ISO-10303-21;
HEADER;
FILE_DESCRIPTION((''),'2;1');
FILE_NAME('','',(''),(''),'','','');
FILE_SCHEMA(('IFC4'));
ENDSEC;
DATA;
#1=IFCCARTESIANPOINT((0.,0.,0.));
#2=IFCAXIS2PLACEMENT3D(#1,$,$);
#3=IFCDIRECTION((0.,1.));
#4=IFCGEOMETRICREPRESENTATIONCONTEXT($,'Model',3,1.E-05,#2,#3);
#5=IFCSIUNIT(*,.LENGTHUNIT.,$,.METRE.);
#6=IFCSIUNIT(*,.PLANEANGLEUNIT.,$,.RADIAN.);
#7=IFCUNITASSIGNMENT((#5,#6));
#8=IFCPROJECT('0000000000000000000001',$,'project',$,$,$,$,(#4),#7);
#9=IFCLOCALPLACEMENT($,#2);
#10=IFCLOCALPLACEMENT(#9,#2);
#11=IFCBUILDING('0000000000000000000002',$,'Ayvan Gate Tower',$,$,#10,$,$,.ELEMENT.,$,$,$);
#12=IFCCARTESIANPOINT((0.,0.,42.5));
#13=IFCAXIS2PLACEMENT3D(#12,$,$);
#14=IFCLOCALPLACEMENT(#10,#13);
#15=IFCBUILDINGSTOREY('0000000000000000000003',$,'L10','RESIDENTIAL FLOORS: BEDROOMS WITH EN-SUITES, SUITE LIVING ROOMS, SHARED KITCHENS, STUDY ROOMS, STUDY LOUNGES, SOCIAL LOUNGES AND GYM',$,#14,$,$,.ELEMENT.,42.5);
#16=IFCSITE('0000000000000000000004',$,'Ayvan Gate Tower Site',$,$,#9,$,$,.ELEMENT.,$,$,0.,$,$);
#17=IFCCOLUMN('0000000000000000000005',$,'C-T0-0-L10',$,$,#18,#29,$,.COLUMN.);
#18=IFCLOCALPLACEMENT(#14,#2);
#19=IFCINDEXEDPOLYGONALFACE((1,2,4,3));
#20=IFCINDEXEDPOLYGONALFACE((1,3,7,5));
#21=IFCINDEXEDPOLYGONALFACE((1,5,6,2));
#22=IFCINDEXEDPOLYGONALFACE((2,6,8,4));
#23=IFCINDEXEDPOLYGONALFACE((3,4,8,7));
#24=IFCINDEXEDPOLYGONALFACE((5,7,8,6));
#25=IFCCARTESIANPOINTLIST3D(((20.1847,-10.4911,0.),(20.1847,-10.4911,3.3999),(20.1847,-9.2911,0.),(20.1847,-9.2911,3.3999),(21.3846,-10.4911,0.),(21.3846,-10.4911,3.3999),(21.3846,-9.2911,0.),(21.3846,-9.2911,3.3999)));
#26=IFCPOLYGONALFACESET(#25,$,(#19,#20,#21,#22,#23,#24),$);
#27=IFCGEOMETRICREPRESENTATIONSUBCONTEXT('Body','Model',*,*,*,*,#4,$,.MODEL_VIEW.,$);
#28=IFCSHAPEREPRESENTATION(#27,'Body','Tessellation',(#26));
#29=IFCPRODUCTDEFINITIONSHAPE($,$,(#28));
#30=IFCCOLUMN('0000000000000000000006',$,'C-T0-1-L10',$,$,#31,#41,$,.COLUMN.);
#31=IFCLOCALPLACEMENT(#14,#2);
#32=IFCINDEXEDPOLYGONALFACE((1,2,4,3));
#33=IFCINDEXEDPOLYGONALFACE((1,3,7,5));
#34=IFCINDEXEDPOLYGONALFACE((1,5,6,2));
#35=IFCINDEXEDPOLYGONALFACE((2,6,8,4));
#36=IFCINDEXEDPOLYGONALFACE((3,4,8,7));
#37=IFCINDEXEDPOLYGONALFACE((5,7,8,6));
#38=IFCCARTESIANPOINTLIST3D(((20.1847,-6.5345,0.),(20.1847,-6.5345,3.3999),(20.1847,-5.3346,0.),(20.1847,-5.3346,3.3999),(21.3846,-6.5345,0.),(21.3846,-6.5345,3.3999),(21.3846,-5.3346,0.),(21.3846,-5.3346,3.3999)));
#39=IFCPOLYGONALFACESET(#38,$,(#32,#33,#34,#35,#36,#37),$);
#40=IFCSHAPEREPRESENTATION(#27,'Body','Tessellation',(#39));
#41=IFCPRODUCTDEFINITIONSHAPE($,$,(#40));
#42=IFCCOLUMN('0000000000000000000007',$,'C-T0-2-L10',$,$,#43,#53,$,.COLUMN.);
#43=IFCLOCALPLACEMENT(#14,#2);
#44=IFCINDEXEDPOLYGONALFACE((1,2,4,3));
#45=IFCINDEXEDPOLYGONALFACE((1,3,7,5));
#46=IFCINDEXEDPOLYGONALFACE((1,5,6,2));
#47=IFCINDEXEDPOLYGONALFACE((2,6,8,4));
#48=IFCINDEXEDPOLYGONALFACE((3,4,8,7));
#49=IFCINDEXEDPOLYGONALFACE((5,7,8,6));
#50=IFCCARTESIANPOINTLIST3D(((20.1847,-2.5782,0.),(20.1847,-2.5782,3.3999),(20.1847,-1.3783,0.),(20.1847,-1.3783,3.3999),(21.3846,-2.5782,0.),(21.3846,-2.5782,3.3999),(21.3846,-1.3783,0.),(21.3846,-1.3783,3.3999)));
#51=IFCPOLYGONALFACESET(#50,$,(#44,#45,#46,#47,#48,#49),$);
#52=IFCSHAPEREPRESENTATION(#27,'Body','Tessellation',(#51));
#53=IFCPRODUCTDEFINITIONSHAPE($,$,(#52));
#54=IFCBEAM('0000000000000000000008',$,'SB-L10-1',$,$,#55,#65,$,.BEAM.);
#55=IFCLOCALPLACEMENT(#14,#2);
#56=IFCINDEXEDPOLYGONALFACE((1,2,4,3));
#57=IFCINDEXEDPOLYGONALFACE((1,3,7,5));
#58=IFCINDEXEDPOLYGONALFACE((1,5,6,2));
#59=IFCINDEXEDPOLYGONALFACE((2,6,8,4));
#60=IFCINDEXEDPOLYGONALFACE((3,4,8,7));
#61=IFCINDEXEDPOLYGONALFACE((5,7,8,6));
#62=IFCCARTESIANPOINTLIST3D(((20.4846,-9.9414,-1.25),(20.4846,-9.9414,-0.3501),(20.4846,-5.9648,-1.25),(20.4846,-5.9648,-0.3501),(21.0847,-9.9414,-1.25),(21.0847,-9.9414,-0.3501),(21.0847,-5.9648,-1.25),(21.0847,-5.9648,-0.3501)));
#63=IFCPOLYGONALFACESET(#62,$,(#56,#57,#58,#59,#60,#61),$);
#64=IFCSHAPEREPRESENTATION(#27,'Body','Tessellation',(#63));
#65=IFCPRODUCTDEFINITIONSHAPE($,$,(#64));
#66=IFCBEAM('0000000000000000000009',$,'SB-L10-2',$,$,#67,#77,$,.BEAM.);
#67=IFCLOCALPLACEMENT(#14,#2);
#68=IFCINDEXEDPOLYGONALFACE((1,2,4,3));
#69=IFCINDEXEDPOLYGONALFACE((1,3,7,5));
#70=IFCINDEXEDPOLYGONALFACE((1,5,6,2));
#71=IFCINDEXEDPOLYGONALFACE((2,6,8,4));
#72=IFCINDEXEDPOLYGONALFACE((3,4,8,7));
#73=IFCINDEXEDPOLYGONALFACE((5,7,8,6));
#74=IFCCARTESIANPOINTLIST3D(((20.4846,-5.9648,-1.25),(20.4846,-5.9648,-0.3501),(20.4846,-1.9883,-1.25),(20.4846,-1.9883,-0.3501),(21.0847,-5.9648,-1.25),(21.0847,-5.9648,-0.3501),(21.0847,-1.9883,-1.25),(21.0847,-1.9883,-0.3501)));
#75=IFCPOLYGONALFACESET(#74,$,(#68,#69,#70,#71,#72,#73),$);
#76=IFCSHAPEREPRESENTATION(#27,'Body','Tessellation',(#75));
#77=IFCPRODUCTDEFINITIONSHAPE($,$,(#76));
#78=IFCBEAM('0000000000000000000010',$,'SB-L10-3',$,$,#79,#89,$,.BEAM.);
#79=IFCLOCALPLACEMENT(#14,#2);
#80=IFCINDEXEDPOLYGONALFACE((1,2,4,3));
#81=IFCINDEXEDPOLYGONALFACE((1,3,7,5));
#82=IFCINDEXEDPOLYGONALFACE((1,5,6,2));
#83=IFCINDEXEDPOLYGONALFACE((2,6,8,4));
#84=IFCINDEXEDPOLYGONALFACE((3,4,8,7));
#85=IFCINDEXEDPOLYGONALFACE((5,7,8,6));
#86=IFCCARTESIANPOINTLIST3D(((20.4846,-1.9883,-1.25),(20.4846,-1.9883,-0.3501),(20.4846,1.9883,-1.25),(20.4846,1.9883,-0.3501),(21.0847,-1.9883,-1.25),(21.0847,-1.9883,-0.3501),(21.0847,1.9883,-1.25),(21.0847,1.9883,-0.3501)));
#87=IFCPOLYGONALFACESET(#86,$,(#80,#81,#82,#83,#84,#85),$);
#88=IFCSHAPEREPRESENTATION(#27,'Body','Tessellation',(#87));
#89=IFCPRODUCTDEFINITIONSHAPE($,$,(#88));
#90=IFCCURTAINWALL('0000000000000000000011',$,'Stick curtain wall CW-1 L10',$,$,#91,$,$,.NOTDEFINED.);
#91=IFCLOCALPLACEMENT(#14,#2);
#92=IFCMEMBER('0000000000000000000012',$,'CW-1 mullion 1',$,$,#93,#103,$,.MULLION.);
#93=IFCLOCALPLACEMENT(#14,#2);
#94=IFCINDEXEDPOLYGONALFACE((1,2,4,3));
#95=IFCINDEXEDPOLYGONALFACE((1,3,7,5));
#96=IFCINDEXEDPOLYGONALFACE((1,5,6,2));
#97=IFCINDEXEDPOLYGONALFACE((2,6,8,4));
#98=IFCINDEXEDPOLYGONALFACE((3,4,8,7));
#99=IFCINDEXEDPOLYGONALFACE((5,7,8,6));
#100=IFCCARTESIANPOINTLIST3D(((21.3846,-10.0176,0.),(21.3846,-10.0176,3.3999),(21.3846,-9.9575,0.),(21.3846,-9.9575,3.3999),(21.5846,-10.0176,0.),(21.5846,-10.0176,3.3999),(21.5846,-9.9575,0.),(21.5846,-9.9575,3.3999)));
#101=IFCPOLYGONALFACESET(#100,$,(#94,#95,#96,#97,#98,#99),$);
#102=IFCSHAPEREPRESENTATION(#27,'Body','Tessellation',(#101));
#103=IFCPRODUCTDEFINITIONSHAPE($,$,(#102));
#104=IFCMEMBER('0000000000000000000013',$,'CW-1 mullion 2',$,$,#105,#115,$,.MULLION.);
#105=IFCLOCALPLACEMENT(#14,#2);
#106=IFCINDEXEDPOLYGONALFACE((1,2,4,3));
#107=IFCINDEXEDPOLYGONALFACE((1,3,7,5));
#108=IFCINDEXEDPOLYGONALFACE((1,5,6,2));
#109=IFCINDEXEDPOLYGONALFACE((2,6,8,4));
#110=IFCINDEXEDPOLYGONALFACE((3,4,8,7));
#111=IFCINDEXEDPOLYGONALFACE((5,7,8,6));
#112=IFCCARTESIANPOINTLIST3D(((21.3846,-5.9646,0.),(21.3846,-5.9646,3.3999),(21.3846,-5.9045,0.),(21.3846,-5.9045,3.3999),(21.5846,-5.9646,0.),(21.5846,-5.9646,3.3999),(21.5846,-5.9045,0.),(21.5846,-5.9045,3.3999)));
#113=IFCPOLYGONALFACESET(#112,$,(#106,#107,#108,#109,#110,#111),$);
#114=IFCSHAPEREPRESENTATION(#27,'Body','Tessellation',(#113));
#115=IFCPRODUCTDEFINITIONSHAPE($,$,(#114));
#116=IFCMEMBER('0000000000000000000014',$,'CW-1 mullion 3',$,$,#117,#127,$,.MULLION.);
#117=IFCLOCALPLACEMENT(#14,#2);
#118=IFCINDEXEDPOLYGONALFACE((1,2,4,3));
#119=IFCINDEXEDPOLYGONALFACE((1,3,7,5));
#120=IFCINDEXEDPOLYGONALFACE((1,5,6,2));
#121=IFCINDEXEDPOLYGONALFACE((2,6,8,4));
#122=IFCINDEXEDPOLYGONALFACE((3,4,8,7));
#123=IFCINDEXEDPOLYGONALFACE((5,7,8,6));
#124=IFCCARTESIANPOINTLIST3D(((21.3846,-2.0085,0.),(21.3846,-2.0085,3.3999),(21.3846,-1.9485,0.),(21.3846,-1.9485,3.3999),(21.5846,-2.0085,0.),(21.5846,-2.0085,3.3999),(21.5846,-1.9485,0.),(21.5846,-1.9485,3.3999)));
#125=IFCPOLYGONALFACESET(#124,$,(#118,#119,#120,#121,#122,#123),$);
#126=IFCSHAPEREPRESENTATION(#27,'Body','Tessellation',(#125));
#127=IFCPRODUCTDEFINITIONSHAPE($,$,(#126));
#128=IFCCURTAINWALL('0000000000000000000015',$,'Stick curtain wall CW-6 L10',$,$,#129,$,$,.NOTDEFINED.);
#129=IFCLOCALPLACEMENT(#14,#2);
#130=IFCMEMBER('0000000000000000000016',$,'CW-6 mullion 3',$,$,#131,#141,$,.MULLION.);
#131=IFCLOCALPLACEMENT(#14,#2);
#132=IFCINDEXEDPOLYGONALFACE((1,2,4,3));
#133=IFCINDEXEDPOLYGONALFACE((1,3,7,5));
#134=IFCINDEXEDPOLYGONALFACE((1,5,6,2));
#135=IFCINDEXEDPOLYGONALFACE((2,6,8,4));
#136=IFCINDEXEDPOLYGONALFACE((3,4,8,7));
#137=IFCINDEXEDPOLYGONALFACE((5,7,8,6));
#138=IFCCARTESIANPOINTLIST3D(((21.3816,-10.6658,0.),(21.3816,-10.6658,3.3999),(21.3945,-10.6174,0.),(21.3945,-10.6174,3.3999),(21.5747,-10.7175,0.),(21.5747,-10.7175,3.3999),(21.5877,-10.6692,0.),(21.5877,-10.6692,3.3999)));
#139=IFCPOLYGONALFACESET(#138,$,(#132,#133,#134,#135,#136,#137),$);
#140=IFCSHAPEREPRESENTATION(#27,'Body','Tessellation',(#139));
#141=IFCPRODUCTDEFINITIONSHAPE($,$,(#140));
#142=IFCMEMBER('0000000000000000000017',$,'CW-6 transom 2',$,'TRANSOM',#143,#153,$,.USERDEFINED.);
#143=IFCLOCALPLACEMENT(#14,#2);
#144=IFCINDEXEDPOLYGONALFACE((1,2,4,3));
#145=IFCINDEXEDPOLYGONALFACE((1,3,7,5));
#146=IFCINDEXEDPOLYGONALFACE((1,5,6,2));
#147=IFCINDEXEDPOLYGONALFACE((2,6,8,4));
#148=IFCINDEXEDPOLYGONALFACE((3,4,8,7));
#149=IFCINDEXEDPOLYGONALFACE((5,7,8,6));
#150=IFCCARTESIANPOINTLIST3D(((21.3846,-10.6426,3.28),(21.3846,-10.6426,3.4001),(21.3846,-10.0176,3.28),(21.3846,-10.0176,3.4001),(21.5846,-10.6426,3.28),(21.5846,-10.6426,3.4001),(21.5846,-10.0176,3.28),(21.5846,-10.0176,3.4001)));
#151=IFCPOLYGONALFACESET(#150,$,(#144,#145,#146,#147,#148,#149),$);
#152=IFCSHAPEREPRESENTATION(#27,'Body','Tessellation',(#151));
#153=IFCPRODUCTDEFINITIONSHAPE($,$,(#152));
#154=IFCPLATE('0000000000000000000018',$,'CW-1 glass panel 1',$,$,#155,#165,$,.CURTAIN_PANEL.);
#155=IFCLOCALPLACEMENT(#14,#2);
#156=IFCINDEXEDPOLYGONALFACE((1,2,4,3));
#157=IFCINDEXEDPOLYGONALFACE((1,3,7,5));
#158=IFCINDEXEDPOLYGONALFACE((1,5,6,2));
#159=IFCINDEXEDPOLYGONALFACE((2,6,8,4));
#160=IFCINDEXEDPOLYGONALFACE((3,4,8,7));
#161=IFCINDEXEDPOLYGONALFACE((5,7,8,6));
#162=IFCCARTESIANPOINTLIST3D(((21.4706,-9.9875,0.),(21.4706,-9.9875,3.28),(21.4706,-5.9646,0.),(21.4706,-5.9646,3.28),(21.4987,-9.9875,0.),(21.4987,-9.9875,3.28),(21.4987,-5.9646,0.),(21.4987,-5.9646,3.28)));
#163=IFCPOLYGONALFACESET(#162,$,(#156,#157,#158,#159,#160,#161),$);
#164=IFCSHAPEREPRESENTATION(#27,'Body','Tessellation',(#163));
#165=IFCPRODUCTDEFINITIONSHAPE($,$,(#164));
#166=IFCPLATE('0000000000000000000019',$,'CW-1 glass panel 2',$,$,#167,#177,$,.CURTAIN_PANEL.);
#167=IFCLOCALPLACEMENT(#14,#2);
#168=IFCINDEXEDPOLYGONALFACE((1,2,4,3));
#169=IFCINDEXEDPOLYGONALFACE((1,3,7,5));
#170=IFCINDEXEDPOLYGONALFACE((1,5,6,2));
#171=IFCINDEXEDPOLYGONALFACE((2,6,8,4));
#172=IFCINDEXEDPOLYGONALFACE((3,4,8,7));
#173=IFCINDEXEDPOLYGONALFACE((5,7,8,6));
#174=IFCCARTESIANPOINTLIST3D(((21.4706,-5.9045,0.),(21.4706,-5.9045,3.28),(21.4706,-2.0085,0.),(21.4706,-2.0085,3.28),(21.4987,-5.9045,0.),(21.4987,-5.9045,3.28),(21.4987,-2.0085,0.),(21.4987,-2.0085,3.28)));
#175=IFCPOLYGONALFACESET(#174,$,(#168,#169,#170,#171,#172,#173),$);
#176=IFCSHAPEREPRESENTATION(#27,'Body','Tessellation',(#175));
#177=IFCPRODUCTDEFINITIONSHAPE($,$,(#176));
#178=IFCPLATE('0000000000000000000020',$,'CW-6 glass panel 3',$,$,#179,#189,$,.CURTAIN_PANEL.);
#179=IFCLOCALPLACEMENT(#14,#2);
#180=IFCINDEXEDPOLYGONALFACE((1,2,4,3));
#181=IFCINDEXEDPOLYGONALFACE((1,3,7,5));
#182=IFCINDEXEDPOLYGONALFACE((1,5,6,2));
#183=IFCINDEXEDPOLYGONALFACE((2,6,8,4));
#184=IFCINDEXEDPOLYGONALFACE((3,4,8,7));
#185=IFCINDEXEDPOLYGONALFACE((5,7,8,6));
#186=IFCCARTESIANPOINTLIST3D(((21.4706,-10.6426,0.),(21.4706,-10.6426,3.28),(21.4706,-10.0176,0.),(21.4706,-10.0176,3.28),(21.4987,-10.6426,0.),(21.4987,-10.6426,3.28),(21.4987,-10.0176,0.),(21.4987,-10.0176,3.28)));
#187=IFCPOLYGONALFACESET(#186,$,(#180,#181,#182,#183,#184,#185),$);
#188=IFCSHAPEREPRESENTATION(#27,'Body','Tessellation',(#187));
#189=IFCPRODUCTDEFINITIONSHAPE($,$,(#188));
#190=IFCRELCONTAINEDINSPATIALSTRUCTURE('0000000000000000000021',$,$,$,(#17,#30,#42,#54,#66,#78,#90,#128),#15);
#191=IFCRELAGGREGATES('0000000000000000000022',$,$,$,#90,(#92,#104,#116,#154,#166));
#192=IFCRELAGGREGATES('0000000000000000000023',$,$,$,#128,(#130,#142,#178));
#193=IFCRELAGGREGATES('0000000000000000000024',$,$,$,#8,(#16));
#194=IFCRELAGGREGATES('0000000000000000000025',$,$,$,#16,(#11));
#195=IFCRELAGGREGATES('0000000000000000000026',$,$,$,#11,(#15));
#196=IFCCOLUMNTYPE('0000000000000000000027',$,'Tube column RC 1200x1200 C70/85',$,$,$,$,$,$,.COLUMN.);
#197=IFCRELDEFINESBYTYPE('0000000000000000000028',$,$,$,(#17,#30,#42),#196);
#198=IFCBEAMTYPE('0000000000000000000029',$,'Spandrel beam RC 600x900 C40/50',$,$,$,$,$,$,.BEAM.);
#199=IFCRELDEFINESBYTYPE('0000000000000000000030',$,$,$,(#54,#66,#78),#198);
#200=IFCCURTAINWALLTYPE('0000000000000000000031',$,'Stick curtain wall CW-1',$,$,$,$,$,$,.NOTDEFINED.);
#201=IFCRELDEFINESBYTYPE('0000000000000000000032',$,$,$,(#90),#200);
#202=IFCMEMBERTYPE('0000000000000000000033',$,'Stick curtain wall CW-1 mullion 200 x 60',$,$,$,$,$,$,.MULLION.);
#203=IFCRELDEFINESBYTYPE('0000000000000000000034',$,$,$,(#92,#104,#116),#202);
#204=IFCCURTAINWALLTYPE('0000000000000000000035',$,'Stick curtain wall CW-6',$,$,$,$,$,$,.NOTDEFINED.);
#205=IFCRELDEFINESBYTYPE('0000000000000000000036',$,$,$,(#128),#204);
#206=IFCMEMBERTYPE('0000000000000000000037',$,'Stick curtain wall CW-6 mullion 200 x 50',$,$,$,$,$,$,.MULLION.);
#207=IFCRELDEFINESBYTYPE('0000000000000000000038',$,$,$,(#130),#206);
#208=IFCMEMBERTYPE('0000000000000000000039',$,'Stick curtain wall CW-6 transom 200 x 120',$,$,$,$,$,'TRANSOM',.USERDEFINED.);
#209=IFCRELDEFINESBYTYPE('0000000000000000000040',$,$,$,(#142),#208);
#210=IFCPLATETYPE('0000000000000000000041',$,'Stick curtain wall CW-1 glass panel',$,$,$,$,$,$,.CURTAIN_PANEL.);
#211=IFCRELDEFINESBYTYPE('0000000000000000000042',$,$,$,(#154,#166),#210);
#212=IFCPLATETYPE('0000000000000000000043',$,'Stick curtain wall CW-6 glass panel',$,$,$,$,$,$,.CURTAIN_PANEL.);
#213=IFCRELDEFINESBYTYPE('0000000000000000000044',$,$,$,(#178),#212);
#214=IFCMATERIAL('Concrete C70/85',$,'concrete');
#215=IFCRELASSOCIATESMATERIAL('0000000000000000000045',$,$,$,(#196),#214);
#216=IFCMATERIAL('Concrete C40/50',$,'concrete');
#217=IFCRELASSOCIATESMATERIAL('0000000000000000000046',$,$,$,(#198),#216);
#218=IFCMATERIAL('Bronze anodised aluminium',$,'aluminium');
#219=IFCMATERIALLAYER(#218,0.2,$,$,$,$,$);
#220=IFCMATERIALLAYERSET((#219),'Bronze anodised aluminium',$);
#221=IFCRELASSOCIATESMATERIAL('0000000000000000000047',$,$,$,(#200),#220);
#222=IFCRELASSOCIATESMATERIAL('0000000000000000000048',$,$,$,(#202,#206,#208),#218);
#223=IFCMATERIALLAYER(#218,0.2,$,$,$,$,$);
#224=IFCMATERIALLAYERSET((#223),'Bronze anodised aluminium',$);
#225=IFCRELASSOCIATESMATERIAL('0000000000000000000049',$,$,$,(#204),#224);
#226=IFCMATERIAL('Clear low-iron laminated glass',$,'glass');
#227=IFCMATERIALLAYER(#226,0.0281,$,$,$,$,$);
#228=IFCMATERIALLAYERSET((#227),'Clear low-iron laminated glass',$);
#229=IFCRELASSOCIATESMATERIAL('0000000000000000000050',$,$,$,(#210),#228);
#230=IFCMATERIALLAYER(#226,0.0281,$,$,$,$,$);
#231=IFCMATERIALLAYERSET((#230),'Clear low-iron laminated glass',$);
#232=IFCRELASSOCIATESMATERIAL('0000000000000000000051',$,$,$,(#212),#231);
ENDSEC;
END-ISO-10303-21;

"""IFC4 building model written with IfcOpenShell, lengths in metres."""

from ifc_helpers import new_model, si_unit, direction, frame, origin, origin_2d, place, context, subcontext, project, spatial, rectangle, extrude, material, layer, layer_set, material_profile, profile_set, type_object, element, aggregate, save


model = new_model("IFC4")

# Units and contexts
model_context = context("Model", 3, precision=1e-05, world=origin(), true_north=direction((0.0, 1.0)))
body_context = subcontext(model_context, "Body", "Model", "MODEL_VIEW")
ifc_project = project(units=[si_unit("LENGTHUNIT", "METRE"), si_unit("PLANEANGLEUNIT", "RADIAN")], contexts=[model_context])

# Site, building, storey
site_placement = place(None, origin())
site = spatial("IfcSite", under=ifc_project, at=site_placement, Name="Ayvan Gate Tower Site", CompositionType="ELEMENT", RefElevation=0.0)
building_placement = place(site_placement, origin())
building = spatial("IfcBuilding", under=site, at=building_placement, Name="Ayvan Gate Tower", CompositionType="ELEMENT")
storey_placement = place(building_placement, frame((0.0, 0.0, 42.5)))
storey = spatial("IfcBuildingStorey", under=building, at=storey_placement, Name="L10", Description="RESIDENTIAL FLOORS: BEDROOMS WITH EN-SUITES, SUITE LIVING ROOMS, SHARED KITCHENS, STUDY ROOMS, STUDY LOUNGES, SOCIAL LOUNGES AND GYM", CompositionType="ELEMENT", Elevation=42.5)

# Columns
ifc_material_1 = material(Name="Concrete C70/85", Category="concrete")
ifc_material_profile_1 = material_profile(ifc_material_1, rectangle(XDim=1.2, YDim=1.2, at=origin_2d()), Name="RC 1200x1200")
ifc_profile_set_1 = profile_set([ifc_material_profile_1], Name="Concrete C70/85")
column_type = type_object("IfcColumnType", Name="Tube column RC 1200x1200 C70/85", PredefinedType="COLUMN", material=ifc_profile_set_1)
for number, where, z_axis, x_axis, name in (
    (1, (20.7847, -9.8911, 0.0), (0.0, 0.0, 1.0), (1.0, 0.0, 0.0), "C-T0-0-L10"),
    (2, (20.7847, -5.9346, 0.0), (0.0, 0.0, 1.0), (1.0, 0.0, 0.0), "C-T0-1-L10"),
    (3, (20.7847, -1.9783, 0.0), (0.0, 0.0, 1.0), (1.0, 0.0, 0.0), "C-T0-2-L10"),
):
    element("IfcColumn", number, at=place(storey_placement, frame(where, z_axis=z_axis, x_axis=x_axis)), inside=storey, type_object=column_type, Name=name, PredefinedType="COLUMN", context=body_context, shape_type="SweptSolid", body=[
        extrude(rectangle(XDim=1.2, YDim=1.2, at=origin_2d()), origin(), (0.0, 0.0, 1.0), 3.3999),
    ])

# Beams
ifc_material_2 = material(Name="Concrete C40/50", Category="concrete")
ifc_material_profile_2 = material_profile(ifc_material_2, rectangle(XDim=0.6001, YDim=0.8999, at=origin_2d()), Name="RC 600x900")
ifc_profile_set_2 = profile_set([ifc_material_profile_2], Name="Concrete C40/50")
beam_type = type_object("IfcBeamType", Name="Spandrel beam RC 600x900 C40/50", PredefinedType="BEAM", material=ifc_profile_set_2)
for number, where, z_axis, x_axis, name in (
    (4, (20.7847, -9.9414, -0.8), (0.0, 1.0, 0.0), (-1.0, 0.0, 0.0), "SB-L10-1"),
    (5, (20.7847, -5.9648, -0.8), (0.0, 1.0, 0.0), (-1.0, 0.0, 0.0), "SB-L10-2"),
    (6, (20.7847, -1.9883, -0.8), (0.0, 1.0, 0.0), (-1.0, 0.0, 0.0), "SB-L10-3"),
):
    element("IfcBeam", number, at=place(storey_placement, frame(where, z_axis=z_axis, x_axis=x_axis)), inside=storey, type_object=beam_type, Name=name, PredefinedType="BEAM", context=body_context, shape_type="SweptSolid", body=[
        extrude(rectangle(XDim=0.6001, YDim=0.8999, at=origin_2d()), origin(), (0.0, 0.0, 1.0), 3.9766),
    ])

# Curtain walls, members
ifc_material_3 = material(Name="Bronze anodised aluminium", Category="aluminium")
ifc_layer_1 = layer(ifc_material_3, 0.2)
ifc_layer_set_1 = layer_set([ifc_layer_1], Name="Bronze anodised aluminium")
curtain_wall_type_1 = type_object("IfcCurtainWallType", Name="Stick curtain wall CW-1", PredefinedType="NOTDEFINED", material=ifc_layer_set_1)
curtain_wall_1_placement = place(storey_placement, origin())
curtain_wall_1 = element("IfcCurtainWall", 7, at=curtain_wall_1_placement, inside=storey, type_object=curtain_wall_type_1, Name="Stick curtain wall CW-1 L10", PredefinedType="NOTDEFINED")
ifc_material_profile_3 = material_profile(ifc_material_3, rectangle(XDim=0.2, YDim=0.0601, at=origin_2d()), Name="Stick curtain wall CW-1 mullion 200 x 60")
ifc_profile_set_3 = profile_set([ifc_material_profile_3], Name="Bronze anodised aluminium")
member_type_1 = type_object("IfcMemberType", Name="Stick curtain wall CW-1 mullion 200 x 60", PredefinedType="MULLION", material=ifc_profile_set_3)
member_1_placement = place(storey_placement, frame((21.4846, -9.9875, 0.0), z_axis=(0.0, 0.0, 1.0), x_axis=(1.0, 0.0, 0.0)))
member_1 = element("IfcMember", 8, at=member_1_placement, type_object=member_type_1, Name="CW-1 mullion 1", PredefinedType="MULLION", context=body_context, shape_type="SweptSolid", body=[
    extrude(rectangle(XDim=0.2, YDim=0.0601, at=origin_2d()), origin(), (0.0, 0.0, 1.0), 3.3999),
])
member_2_placement = place(storey_placement, frame((21.4846, -5.9346, 0.0), z_axis=(0.0, 0.0, 1.0), x_axis=(1.0, 0.0, 0.0)))
member_2 = element("IfcMember", 9, at=member_2_placement, type_object=member_type_1, Name="CW-1 mullion 2", PredefinedType="MULLION", context=body_context, shape_type="SweptSolid", body=[
    extrude(rectangle(XDim=0.2, YDim=0.0601, at=origin_2d()), origin(), (0.0, 0.0, 1.0), 3.3999),
])
member_3_placement = place(storey_placement, frame((21.4846, -1.9785, 0.0), z_axis=(0.0, 0.0, 1.0), x_axis=(1.0, 0.0, 0.0)))
member_3 = element("IfcMember", 10, at=member_3_placement, type_object=member_type_1, Name="CW-1 mullion 3", PredefinedType="MULLION", context=body_context, shape_type="SweptSolid", body=[
    extrude(rectangle(XDim=0.2, YDim=0.0601, at=origin_2d()), origin(), (0.0, 0.0, 1.0), 3.3999),
])
ifc_layer_2 = layer(ifc_material_3, 0.2)
ifc_layer_set_2 = layer_set([ifc_layer_2], Name="Bronze anodised aluminium")
curtain_wall_type_2 = type_object("IfcCurtainWallType", Name="Stick curtain wall CW-6", PredefinedType="NOTDEFINED", material=ifc_layer_set_2)
curtain_wall_2_placement = place(storey_placement, origin())
curtain_wall_2 = element("IfcCurtainWall", 11, at=curtain_wall_2_placement, inside=storey, type_object=curtain_wall_type_2, Name="Stick curtain wall CW-6 L10", PredefinedType="NOTDEFINED")
ifc_material_profile_4 = material_profile(ifc_material_3, rectangle(XDim=0.2, YDim=0.05, at=origin_2d()), Name="Stick curtain wall CW-6 mullion 200 x 50")
ifc_profile_set_4 = profile_set([ifc_material_profile_4], Name="Bronze anodised aluminium")
member_type_2 = type_object("IfcMemberType", Name="Stick curtain wall CW-6 mullion 200 x 50", PredefinedType="MULLION", material=ifc_profile_set_4)
member_4_placement = place(storey_placement, frame((21.4846, -10.6675, 0.0), z_axis=(0.0, 0.0, 1.0), x_axis=(0.965926, -0.258819, 0.0)))
member_4 = element("IfcMember", 12, at=member_4_placement, type_object=member_type_2, Name="CW-6 mullion 3", PredefinedType="MULLION", context=body_context, shape_type="SweptSolid", body=[
    extrude(rectangle(XDim=0.2, YDim=0.05, at=origin_2d()), origin(), (0.0, 0.0, 1.0), 3.3999),
])
ifc_material_profile_5 = material_profile(ifc_material_3, rectangle(XDim=0.2, YDim=0.1201, at=origin_2d()), Name="Stick curtain wall CW-6 transom 200 x 120")
ifc_profile_set_5 = profile_set([ifc_material_profile_5], Name="Bronze anodised aluminium")
member_type_3 = type_object("IfcMemberType", Name="Stick curtain wall CW-6 transom 200 x 120", ElementType="TRANSOM", PredefinedType="USERDEFINED", material=ifc_profile_set_5)
member_5_placement = place(storey_placement, frame((21.4846, -10.6426, 3.3401), z_axis=(0.0, 1.0, 0.0), x_axis=(-1.0, 0.0, 0.0)))
member_5 = element("IfcMember", 13, at=member_5_placement, type_object=member_type_3, Name="CW-6 transom 2", ObjectType="TRANSOM", PredefinedType="USERDEFINED", context=body_context, shape_type="SweptSolid", body=[
    extrude(rectangle(XDim=0.2, YDim=0.1201, at=origin_2d()), origin(), (0.0, 0.0, 1.0), 0.625),
])

# Plates
ifc_material_4 = material(Name="Clear low-iron laminated glass", Category="glass")
ifc_layer_3 = layer(ifc_material_4, 0.0281)
ifc_layer_set_3 = layer_set([ifc_layer_3], Name="Clear low-iron laminated glass")
plate_type_1 = type_object("IfcPlateType", Name="Stick curtain wall CW-1 glass panel", PredefinedType="CURTAIN_PANEL", material=ifc_layer_set_3)
plate_1_placement = place(storey_placement, frame((21.4846, -7.9761, 0.0), z_axis=(0.0, 0.0, 1.0), x_axis=(0.0, 1.0, 0.0)))
plate_1 = element("IfcPlate", 14, at=plate_1_placement, type_object=plate_type_1, Name="CW-1 glass panel 1", PredefinedType="CURTAIN_PANEL", context=body_context, shape_type="SweptSolid", body=[
    extrude(rectangle(XDim=4.0229, YDim=0.0281, at=origin_2d()), origin(), (0.0, 0.0, 1.0), 3.28),
])
plate_2_placement = place(storey_placement, frame((21.4846, -3.9565, 0.0), z_axis=(0.0, 0.0, 1.0), x_axis=(0.0, 1.0, 0.0)))
plate_2 = element("IfcPlate", 15, at=plate_2_placement, type_object=plate_type_1, Name="CW-1 glass panel 2", PredefinedType="CURTAIN_PANEL", context=body_context, shape_type="SweptSolid", body=[
    extrude(rectangle(XDim=3.896, YDim=0.0281, at=origin_2d()), origin(), (0.0, 0.0, 1.0), 3.28),
])
aggregate(curtain_wall_1, [member_1, member_2, member_3, plate_1, plate_2])
ifc_layer_4 = layer(ifc_material_4, 0.0281)
ifc_layer_set_4 = layer_set([ifc_layer_4], Name="Clear low-iron laminated glass")
plate_type_2 = type_object("IfcPlateType", Name="Stick curtain wall CW-6 glass panel", PredefinedType="CURTAIN_PANEL", material=ifc_layer_set_4)
plate_3_placement = place(storey_placement, frame((21.4846, -10.3301, 0.0), z_axis=(0.0, 0.0, 1.0), x_axis=(0.0, 1.0, 0.0)))
plate_3 = element("IfcPlate", 16, at=plate_3_placement, type_object=plate_type_2, Name="CW-6 glass panel 3", PredefinedType="CURTAIN_PANEL", context=body_context, shape_type="SweptSolid", body=[
    extrude(rectangle(XDim=0.625, YDim=0.0281, at=origin_2d()), origin(), (0.0, 0.0, 1.0), 3.28),
])
aggregate(curtain_wall_2, [member_4, member_5, plate_3])

save(model, "model.ifc")
